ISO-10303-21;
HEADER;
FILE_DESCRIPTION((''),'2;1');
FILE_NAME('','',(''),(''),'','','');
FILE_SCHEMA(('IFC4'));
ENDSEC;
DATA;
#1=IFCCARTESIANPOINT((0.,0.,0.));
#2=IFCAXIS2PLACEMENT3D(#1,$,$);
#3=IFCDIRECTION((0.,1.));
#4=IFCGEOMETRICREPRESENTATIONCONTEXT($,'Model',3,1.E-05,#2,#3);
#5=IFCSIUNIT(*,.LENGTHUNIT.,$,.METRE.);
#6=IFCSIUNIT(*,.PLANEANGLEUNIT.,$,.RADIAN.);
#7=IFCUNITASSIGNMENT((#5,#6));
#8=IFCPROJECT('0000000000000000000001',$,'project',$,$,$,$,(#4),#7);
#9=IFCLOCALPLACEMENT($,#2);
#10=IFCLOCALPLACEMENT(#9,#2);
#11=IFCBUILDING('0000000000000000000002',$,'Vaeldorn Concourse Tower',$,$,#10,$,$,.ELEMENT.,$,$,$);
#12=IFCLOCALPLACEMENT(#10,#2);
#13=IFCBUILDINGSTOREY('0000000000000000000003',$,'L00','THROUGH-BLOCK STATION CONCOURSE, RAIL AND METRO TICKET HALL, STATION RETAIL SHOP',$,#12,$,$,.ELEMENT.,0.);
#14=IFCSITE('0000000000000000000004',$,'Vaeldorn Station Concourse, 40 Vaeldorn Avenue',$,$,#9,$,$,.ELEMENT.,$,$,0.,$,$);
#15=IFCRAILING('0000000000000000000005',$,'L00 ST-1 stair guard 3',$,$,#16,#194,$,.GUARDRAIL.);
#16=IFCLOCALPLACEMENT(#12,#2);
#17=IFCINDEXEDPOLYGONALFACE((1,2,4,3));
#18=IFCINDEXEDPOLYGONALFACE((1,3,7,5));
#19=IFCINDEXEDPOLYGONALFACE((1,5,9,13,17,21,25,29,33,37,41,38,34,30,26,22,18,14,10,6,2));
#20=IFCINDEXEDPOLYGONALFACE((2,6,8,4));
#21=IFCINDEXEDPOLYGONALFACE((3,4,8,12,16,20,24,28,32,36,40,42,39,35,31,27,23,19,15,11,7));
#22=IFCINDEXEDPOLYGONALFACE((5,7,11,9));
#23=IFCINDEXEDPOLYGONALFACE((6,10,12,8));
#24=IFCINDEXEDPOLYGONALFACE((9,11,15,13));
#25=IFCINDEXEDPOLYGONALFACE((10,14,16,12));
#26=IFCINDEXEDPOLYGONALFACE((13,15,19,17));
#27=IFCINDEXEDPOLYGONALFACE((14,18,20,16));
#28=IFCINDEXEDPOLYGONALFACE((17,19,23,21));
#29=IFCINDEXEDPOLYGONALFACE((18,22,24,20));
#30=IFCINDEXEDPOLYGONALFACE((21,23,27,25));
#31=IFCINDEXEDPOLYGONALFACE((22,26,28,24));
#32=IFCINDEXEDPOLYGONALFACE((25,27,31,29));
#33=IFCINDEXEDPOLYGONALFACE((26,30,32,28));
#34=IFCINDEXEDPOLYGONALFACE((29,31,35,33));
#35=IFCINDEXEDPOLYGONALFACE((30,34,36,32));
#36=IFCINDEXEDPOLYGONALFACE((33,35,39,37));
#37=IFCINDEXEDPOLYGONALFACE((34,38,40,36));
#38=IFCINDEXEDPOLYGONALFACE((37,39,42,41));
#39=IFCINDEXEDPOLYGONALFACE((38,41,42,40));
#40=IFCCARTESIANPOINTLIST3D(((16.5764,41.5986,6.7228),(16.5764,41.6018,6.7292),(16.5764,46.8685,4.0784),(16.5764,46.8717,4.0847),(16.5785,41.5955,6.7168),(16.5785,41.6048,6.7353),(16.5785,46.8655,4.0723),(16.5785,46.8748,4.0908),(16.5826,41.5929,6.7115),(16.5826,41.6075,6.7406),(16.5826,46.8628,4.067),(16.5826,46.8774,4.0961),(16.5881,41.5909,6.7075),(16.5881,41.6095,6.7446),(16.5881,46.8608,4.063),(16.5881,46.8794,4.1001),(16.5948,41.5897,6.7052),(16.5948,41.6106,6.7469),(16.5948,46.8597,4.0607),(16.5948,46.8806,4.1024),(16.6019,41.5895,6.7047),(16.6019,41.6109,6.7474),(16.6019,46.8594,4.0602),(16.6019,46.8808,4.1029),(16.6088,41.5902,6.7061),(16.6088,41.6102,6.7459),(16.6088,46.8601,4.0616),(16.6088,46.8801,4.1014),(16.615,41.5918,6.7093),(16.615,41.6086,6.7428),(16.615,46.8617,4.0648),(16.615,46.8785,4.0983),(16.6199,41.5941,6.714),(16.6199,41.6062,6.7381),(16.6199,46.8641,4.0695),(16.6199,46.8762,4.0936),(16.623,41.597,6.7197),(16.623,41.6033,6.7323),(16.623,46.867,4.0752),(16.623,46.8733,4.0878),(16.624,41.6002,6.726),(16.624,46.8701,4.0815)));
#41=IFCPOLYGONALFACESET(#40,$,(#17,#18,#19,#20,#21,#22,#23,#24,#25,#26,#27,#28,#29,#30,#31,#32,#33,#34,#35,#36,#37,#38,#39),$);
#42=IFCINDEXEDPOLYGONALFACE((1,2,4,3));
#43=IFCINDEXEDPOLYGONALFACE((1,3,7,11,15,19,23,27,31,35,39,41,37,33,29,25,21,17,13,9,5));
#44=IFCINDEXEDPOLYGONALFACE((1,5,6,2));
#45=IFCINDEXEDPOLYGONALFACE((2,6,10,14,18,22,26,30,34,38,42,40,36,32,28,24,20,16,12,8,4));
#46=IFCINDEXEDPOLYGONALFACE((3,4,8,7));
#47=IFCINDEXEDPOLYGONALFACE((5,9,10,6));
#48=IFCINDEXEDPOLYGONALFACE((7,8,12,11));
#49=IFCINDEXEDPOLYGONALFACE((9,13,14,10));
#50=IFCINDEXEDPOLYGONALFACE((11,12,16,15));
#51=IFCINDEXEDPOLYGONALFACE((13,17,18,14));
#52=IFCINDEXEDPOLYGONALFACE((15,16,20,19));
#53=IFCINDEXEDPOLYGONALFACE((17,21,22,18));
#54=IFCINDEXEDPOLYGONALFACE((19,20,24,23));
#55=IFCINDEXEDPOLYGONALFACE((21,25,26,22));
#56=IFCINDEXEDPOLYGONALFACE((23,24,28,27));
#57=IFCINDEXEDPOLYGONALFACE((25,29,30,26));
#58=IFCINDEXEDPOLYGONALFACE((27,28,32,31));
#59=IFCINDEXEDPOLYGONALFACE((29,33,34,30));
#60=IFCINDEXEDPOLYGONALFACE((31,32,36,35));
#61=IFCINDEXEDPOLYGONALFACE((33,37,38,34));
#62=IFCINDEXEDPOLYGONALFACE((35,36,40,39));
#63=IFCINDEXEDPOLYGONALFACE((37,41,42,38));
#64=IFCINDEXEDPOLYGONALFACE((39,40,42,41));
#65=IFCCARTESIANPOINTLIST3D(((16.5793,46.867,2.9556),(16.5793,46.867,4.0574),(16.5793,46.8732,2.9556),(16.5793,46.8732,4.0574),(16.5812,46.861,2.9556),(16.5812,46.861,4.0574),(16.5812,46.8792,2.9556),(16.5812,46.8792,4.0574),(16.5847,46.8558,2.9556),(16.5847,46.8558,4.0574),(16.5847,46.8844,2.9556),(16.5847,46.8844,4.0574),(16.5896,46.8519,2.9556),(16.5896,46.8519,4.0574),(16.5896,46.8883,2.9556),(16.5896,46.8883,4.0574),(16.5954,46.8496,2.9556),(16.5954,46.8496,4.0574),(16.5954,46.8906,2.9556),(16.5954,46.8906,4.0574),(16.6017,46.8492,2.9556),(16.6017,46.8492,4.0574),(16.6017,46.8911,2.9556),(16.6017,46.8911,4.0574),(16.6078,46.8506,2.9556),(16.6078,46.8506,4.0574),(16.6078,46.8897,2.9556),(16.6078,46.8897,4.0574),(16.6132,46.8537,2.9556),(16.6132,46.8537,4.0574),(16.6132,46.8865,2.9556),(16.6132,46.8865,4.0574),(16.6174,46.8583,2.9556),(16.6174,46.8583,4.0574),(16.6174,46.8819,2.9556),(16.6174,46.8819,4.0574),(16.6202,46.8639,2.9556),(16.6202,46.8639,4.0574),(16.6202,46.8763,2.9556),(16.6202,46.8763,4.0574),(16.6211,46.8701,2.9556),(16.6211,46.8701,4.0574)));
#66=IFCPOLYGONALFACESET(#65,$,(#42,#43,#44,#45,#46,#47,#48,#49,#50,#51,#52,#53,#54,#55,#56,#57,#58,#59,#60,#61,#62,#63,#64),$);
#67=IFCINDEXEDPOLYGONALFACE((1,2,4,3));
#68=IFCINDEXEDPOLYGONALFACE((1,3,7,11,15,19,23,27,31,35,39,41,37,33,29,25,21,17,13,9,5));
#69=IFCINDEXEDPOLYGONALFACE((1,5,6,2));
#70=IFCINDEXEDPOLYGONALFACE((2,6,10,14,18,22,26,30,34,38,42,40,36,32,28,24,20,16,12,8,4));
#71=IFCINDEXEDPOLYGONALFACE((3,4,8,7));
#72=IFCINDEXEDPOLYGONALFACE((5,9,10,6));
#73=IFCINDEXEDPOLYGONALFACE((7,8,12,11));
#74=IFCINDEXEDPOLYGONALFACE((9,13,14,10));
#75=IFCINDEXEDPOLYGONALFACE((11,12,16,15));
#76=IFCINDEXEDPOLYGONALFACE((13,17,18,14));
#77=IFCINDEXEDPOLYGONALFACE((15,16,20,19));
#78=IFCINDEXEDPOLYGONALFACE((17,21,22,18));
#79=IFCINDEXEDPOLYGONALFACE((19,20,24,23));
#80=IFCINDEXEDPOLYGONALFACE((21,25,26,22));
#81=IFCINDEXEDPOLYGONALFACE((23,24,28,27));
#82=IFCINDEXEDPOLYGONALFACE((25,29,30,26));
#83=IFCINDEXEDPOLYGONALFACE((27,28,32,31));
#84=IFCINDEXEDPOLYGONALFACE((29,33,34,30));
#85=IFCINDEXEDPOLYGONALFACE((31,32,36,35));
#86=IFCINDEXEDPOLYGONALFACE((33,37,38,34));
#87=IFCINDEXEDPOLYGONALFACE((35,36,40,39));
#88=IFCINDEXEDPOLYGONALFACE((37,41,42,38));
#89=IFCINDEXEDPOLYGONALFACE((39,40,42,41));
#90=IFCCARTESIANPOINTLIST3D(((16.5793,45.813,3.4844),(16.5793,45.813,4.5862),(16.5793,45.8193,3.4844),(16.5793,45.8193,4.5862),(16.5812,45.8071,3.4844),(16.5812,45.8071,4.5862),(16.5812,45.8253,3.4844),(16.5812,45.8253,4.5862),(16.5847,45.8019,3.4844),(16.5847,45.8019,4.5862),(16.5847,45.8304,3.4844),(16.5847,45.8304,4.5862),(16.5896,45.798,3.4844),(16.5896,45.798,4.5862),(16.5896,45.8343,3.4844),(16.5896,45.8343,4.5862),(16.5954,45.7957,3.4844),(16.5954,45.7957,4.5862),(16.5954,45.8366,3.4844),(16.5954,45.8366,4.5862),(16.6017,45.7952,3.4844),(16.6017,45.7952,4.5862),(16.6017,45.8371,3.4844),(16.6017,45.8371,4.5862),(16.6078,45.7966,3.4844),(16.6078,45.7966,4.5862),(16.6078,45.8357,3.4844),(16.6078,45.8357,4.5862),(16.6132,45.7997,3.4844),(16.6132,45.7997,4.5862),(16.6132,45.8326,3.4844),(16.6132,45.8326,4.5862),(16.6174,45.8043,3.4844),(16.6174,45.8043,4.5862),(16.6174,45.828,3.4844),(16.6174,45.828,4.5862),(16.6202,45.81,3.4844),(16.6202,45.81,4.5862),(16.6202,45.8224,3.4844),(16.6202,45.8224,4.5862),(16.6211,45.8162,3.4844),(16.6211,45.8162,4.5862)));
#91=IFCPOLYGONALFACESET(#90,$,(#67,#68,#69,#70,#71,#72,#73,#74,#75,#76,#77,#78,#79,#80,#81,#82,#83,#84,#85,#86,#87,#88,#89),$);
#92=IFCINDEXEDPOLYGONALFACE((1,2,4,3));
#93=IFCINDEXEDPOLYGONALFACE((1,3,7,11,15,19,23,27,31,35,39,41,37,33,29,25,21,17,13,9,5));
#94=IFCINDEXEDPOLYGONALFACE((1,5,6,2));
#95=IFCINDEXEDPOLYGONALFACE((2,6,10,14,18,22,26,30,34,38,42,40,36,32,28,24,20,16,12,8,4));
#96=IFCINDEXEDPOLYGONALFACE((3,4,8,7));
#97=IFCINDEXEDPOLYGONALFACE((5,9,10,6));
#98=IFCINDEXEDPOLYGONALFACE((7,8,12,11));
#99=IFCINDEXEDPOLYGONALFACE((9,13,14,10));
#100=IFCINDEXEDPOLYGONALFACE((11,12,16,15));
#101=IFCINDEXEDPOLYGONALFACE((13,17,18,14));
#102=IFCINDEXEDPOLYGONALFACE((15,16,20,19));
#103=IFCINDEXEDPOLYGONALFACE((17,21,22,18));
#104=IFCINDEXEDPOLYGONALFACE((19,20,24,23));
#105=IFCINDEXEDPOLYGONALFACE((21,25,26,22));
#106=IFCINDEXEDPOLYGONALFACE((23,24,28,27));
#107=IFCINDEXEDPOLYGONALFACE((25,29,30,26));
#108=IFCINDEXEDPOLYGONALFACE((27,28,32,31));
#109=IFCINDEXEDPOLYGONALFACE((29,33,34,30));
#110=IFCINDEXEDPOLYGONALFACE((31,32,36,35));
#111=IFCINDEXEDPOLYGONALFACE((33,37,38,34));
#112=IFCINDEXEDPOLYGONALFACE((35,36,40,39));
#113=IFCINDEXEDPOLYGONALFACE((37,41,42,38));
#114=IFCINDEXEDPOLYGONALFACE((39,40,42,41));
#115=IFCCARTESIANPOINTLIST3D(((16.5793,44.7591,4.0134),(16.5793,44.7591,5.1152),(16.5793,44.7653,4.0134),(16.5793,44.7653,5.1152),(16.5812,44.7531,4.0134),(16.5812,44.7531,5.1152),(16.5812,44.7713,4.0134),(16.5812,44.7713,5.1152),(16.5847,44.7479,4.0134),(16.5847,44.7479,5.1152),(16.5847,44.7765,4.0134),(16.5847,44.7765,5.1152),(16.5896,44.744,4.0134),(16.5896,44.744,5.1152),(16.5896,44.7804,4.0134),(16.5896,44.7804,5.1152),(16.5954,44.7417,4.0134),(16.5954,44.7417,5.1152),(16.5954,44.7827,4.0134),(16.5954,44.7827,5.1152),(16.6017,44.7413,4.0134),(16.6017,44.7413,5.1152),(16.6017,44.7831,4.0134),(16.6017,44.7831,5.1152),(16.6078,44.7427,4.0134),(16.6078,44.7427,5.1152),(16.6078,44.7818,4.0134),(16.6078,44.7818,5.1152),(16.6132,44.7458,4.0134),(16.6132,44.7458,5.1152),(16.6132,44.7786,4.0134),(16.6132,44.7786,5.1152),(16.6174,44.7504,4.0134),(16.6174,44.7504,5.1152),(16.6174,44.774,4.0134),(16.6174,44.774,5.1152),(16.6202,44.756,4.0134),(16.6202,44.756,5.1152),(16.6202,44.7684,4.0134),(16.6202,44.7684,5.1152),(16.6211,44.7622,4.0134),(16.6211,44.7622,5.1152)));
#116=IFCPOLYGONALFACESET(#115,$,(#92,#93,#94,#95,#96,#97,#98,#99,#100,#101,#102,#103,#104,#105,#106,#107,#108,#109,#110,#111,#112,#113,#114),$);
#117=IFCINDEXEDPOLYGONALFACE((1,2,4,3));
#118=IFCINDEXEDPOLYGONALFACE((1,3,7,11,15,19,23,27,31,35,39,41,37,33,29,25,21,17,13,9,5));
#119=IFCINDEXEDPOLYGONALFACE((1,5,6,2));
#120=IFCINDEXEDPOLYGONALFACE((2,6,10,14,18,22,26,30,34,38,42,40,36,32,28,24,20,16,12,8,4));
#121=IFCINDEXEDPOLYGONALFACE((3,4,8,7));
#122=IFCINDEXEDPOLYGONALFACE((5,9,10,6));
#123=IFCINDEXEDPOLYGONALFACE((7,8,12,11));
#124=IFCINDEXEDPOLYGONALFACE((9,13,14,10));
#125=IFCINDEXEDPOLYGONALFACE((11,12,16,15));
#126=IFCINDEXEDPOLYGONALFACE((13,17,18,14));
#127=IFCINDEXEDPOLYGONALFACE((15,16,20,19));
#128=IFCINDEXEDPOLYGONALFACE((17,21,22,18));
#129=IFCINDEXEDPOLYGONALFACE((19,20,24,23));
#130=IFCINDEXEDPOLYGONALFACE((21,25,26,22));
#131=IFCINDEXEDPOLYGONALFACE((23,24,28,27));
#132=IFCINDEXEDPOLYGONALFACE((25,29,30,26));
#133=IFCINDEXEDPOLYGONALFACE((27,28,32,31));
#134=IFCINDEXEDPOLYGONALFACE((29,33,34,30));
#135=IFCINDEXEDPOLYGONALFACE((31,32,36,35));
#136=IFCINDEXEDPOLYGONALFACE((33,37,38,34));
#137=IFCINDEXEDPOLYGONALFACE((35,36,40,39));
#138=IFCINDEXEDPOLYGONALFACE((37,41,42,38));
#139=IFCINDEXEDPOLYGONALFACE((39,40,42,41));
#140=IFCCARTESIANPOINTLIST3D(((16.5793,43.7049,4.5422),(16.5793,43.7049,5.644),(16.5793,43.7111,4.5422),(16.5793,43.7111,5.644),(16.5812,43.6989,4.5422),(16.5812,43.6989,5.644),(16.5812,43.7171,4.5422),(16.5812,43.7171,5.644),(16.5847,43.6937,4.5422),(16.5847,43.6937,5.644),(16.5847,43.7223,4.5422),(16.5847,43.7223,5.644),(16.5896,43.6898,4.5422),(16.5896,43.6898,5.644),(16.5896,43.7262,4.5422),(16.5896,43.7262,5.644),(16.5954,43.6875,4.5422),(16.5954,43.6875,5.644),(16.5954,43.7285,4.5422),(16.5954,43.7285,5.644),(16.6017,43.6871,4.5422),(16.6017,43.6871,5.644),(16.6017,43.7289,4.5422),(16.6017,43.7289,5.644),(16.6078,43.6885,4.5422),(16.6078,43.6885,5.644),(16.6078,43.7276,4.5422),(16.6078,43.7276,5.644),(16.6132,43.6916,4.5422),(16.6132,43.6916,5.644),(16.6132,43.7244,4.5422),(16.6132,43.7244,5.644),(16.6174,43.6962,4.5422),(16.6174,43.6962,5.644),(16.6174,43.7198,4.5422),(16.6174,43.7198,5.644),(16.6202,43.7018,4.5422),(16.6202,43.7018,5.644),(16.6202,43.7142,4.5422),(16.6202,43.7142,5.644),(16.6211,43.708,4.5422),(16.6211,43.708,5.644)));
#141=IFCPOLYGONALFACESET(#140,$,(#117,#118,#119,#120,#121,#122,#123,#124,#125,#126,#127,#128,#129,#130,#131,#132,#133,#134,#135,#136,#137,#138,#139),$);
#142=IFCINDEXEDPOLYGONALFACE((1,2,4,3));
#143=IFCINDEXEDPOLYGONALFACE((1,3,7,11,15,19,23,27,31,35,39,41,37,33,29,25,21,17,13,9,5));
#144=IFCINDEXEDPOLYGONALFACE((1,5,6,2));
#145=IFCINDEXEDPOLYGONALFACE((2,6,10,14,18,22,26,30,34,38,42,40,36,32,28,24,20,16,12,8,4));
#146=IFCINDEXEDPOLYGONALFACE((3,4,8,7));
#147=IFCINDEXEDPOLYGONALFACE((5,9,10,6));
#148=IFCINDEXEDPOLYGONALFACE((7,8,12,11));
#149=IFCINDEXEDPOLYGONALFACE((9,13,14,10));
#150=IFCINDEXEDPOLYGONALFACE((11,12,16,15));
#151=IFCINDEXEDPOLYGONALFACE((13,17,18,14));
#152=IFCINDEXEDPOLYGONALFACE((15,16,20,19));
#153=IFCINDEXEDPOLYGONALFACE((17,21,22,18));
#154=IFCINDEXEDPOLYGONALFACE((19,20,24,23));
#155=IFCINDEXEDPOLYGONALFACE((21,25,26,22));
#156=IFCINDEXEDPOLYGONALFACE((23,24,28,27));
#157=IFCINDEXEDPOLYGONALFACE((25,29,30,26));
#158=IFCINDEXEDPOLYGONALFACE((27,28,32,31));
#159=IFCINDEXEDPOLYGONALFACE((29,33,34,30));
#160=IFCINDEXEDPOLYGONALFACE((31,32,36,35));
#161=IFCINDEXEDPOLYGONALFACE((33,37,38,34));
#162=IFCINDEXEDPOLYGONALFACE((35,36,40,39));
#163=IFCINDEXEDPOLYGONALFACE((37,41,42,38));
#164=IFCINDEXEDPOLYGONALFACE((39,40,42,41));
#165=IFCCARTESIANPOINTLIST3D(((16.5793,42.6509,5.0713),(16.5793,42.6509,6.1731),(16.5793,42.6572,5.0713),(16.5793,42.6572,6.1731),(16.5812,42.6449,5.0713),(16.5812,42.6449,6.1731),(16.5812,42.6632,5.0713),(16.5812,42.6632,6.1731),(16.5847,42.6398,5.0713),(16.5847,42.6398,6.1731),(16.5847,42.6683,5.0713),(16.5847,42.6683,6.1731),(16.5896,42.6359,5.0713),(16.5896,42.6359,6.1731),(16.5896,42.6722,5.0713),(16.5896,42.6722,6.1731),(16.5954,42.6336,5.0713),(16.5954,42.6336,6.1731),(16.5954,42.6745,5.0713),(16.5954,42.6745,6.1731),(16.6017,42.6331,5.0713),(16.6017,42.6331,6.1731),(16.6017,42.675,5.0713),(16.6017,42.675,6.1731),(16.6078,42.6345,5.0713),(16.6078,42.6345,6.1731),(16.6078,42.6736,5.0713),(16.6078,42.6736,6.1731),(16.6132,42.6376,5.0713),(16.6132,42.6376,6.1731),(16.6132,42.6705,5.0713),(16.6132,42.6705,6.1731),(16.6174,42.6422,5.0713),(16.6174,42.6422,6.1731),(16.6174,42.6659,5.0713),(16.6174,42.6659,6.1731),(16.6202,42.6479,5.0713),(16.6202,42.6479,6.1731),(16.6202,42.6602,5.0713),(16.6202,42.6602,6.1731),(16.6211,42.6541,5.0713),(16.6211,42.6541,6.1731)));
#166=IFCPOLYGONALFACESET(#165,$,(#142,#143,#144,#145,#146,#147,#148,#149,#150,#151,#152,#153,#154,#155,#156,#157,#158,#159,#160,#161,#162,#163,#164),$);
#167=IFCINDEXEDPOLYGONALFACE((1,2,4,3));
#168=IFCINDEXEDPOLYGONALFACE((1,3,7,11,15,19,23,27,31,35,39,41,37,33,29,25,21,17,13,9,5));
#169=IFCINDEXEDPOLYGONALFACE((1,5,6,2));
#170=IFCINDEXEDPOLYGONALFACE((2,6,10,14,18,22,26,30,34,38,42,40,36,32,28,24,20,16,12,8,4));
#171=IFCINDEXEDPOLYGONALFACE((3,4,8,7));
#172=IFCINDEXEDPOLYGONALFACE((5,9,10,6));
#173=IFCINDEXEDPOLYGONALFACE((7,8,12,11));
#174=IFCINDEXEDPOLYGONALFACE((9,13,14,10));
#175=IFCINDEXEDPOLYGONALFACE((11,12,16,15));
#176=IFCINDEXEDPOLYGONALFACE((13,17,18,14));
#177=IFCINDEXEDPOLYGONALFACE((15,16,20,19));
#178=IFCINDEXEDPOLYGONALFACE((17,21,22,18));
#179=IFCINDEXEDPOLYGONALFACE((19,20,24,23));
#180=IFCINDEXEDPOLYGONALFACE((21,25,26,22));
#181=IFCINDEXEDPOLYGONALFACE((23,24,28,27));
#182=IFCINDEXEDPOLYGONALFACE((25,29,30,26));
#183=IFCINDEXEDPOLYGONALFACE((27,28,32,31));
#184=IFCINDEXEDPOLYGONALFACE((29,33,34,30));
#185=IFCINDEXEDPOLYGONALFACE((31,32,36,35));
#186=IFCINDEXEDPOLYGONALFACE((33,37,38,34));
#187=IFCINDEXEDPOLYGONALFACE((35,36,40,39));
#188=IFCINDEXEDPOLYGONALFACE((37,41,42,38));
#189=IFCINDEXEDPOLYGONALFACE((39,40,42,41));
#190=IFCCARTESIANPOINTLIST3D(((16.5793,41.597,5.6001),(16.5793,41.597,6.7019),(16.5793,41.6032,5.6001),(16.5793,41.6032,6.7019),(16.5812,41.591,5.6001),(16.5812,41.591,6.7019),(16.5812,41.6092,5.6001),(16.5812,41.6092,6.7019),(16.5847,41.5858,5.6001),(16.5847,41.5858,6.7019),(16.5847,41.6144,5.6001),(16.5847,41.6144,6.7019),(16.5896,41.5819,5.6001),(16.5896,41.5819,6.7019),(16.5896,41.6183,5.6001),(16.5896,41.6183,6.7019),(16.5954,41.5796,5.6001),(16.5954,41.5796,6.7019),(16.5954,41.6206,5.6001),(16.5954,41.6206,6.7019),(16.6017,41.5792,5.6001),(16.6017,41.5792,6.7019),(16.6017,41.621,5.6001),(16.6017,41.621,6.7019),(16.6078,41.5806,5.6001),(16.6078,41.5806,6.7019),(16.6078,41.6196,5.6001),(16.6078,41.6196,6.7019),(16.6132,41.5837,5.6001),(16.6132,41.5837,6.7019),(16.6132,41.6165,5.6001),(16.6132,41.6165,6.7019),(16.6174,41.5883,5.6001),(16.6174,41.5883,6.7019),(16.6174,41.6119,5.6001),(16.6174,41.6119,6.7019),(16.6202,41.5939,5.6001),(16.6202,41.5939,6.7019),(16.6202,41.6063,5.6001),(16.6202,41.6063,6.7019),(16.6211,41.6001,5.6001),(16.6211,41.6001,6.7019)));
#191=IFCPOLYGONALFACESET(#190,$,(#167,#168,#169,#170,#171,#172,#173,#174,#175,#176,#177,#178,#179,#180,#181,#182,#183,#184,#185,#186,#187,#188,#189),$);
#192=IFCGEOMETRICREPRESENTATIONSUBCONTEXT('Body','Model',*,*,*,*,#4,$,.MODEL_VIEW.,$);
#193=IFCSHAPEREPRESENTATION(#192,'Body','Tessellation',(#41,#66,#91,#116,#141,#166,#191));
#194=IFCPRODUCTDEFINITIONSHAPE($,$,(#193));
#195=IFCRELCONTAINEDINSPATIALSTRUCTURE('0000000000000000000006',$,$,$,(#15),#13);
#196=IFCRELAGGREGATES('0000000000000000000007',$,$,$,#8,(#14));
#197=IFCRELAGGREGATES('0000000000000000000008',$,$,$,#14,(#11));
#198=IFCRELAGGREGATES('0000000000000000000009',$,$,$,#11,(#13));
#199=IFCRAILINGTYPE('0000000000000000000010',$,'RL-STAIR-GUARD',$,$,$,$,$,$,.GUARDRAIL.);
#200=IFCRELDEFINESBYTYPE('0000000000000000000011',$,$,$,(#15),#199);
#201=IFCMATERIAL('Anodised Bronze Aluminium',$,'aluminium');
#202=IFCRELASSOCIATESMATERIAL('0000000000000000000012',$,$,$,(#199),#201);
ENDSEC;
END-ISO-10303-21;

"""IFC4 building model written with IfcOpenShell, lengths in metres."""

from ifc_helpers import new_model, si_unit, direction, frame, origin, origin_2d, place, context, subcontext, project, spatial, circle, extrude, material, type_object, element, save


model = new_model("IFC4")

# Units and contexts
model_context = context("Model", 3, precision=1e-05, world=origin(), true_north=direction((0.0, 1.0)))
body_context = subcontext(model_context, "Body", "Model", "MODEL_VIEW")
ifc_project = project(units=[si_unit("LENGTHUNIT", "METRE"), si_unit("PLANEANGLEUNIT", "RADIAN")], contexts=[model_context])

# Site, building, storey
site_placement = place(None, origin())
site = spatial("IfcSite", under=ifc_project, at=site_placement, Name="Vaeldorn Station Concourse, 40 Vaeldorn Avenue", CompositionType="ELEMENT", RefElevation=0.0)
building_placement = place(site_placement, origin())
building = spatial("IfcBuilding", under=site, at=building_placement, Name="Vaeldorn Concourse Tower", CompositionType="ELEMENT")
storey_placement = place(building_placement, origin())
storey = spatial("IfcBuildingStorey", under=building, at=storey_placement, Name="L00", Description="THROUGH-BLOCK STATION CONCOURSE, RAIL AND METRO TICKET HALL, STATION RETAIL SHOP", CompositionType="ELEMENT", Elevation=0.0)

# Railing
ifc_material_1 = material(Name="Anodised Bronze Aluminium", Category="aluminium")
railing_type_1 = type_object("IfcRailingType", Name="RL-STAIR-GUARD", PredefinedType="GUARDRAIL", material=ifc_material_1)
railing_1_placement = place(storey_placement, frame((16.6001, 46.8701, 2.9556)))
element("IfcRailing", 1, at=railing_1_placement, inside=storey, type_object=railing_type_1, Name="L00 ST-1 stair guard 3", PredefinedType="GUARDRAIL", context=body_context, shape_type="SweptSolid", body=[
    extrude(circle(Radius=0.0239, at=origin_2d()), frame((0.0, 0.0, 1.126), z_axis=(0.0, -0.89378, 0.448505), x_axis=(1.0, 0.0, 0.0)), (0.0, 0.0, 1.0), 5.8962),
    extrude(circle(Radius=0.021, at=origin_2d()), origin(), (0.0, 0.0, 1.0), 1.1018),
    extrude(circle(Radius=0.021, at=origin_2d()), frame((0.0, -1.054, 0.5288)), (0.0, 0.0, 1.0), 1.1018),
    extrude(circle(Radius=0.021, at=origin_2d()), frame((0.0, -2.1079, 1.0579)), (0.0, 0.0, 1.0), 1.1018),
    extrude(circle(Radius=0.021, at=origin_2d()), frame((0.0, -3.1621, 1.5867)), (0.0, 0.0, 1.0), 1.1018),
    extrude(circle(Radius=0.021, at=origin_2d()), frame((0.0, -4.2161, 2.1157)), (0.0, 0.0, 1.0), 1.1018),
    extrude(circle(Radius=0.021, at=origin_2d()), frame((0.0, -5.27, 2.6445)), (0.0, 0.0, 1.0), 1.1018),
])

save(model, "model.ifc")
